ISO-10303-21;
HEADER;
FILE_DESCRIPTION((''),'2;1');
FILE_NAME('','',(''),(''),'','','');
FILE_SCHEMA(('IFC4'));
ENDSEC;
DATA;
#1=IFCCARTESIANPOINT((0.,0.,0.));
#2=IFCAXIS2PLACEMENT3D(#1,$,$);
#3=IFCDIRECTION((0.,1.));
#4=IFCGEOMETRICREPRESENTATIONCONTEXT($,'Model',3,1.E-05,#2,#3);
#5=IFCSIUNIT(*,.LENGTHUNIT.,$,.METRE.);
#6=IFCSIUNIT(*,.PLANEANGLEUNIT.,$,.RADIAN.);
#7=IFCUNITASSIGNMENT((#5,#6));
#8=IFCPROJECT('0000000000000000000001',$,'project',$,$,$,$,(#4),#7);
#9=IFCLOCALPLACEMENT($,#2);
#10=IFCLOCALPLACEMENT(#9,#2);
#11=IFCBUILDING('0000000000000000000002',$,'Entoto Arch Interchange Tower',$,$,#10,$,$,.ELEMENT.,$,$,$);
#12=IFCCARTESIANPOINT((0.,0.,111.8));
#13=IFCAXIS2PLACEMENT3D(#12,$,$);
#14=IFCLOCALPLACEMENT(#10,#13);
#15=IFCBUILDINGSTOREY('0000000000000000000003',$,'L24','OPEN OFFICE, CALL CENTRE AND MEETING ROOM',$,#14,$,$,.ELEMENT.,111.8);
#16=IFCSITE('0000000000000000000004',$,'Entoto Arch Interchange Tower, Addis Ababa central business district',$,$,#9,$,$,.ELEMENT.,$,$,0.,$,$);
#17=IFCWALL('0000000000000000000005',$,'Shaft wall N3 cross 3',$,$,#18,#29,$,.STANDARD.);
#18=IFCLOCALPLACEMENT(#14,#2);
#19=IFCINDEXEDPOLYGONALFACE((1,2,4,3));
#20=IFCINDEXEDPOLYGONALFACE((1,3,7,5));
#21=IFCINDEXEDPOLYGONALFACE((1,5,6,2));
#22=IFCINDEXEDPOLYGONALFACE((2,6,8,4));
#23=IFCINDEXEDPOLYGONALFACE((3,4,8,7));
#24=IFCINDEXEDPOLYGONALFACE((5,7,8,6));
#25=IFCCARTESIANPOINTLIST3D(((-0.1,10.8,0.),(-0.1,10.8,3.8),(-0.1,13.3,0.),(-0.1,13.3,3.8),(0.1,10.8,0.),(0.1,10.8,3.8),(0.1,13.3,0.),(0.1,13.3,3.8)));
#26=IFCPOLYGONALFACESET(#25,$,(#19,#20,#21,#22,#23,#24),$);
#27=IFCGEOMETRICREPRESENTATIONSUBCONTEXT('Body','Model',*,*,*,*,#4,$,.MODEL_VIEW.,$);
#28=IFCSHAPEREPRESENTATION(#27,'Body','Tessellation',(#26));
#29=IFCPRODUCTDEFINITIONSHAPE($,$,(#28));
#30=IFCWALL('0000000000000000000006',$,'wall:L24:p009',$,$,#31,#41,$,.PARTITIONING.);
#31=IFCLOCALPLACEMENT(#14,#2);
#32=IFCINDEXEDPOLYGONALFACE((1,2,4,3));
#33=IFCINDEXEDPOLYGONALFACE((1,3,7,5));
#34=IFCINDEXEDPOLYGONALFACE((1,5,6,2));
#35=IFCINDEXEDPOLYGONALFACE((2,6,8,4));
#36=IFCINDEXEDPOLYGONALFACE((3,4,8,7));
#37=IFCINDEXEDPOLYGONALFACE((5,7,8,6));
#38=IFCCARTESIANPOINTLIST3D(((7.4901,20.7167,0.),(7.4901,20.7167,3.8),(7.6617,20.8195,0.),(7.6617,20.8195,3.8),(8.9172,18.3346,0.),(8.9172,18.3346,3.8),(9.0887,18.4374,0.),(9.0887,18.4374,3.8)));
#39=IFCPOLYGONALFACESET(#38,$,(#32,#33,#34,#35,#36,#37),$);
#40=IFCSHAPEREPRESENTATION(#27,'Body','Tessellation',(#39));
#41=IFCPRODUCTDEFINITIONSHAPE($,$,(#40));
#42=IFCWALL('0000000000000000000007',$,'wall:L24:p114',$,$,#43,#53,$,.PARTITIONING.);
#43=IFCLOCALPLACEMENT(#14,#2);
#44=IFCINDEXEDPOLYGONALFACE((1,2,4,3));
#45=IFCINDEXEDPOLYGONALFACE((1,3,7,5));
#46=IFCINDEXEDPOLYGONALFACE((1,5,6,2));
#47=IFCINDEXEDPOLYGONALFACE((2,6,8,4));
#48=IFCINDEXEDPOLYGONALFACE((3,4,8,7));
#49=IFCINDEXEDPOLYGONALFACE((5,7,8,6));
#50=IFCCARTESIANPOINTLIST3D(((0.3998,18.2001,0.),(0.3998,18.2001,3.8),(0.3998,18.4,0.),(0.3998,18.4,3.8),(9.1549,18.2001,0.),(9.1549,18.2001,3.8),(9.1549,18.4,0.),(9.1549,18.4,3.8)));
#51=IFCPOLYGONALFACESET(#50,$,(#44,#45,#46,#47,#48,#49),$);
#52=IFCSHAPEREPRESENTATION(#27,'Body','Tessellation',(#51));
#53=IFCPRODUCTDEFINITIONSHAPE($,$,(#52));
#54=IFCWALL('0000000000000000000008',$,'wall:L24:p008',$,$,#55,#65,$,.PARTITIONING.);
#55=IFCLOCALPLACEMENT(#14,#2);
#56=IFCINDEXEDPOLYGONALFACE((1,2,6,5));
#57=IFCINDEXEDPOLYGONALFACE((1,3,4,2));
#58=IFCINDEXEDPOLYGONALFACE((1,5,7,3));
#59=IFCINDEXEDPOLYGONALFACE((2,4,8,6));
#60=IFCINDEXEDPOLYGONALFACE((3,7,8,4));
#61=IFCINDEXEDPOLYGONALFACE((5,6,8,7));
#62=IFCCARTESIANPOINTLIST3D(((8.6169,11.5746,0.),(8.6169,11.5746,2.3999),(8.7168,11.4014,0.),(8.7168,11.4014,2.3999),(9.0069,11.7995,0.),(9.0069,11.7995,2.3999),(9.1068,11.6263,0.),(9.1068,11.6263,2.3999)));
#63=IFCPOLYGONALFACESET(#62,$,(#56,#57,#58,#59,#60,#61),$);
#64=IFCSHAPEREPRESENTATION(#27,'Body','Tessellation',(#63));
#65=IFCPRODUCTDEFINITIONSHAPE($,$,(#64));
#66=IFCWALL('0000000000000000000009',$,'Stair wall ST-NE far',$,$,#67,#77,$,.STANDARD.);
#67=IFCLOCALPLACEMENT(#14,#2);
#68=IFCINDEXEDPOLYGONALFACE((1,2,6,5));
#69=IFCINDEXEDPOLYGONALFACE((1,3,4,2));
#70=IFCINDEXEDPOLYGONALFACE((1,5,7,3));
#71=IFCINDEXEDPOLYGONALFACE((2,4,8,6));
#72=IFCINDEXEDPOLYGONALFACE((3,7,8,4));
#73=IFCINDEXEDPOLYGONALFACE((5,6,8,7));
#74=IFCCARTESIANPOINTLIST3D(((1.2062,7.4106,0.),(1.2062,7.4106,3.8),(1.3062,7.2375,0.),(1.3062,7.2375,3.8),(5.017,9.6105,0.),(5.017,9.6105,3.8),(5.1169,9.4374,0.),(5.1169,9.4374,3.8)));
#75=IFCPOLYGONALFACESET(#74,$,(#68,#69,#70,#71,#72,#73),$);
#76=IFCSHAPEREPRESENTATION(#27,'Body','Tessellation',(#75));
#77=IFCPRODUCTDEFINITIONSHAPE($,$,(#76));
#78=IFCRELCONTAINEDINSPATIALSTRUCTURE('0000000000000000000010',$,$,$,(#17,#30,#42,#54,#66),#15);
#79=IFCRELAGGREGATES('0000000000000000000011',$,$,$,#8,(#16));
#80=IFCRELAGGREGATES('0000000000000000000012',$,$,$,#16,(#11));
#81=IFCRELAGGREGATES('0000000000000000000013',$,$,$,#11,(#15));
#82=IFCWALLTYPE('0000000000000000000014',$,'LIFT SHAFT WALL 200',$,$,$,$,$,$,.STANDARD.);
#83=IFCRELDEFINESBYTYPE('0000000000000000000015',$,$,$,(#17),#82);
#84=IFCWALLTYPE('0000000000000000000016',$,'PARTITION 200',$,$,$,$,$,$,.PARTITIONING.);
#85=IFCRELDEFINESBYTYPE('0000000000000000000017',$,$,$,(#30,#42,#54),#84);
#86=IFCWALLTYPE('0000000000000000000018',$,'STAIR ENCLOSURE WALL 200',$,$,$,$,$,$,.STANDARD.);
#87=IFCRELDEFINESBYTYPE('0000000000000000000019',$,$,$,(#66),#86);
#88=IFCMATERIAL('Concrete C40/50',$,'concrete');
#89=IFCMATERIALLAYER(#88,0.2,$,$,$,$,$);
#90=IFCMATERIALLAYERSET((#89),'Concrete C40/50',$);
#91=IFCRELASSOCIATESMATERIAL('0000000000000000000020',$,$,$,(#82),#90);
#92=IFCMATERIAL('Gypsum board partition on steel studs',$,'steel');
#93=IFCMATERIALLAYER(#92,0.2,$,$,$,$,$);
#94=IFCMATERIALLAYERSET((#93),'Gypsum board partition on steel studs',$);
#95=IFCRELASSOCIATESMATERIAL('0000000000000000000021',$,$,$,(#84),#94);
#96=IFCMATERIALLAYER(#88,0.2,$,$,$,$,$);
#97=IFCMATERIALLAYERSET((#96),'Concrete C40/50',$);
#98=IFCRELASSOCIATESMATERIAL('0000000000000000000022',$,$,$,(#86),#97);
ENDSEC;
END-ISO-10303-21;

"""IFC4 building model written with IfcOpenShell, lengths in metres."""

from ifc_helpers import new_model, si_unit, direction, frame, frame_2d, origin, place, context, subcontext, project, spatial, rectangle, extrude, material, layer, layer_set, type_object, element, save


model = new_model("IFC4")

# Units and contexts
model_context = context("Model", 3, precision=1e-05, world=origin(), true_north=direction((0.0, 1.0)))
body_context = subcontext(model_context, "Body", "Model", "MODEL_VIEW")
ifc_project = project(units=[si_unit("LENGTHUNIT", "METRE"), si_unit("PLANEANGLEUNIT", "RADIAN")], contexts=[model_context])

# Site, building, storey
site_placement = place(None, origin())
site = spatial("IfcSite", under=ifc_project, at=site_placement, Name="Entoto Arch Interchange Tower, Addis Ababa central business district", CompositionType="ELEMENT", RefElevation=0.0)
building_placement = place(site_placement, origin())
building = spatial("IfcBuilding", under=site, at=building_placement, Name="Entoto Arch Interchange Tower", CompositionType="ELEMENT")
storey_placement = place(building_placement, frame((0.0, 0.0, 111.8)))
storey = spatial("IfcBuildingStorey", under=building, at=storey_placement, Name="L24", Description="OPEN OFFICE, CALL CENTRE AND MEETING ROOM", CompositionType="ELEMENT", Elevation=111.8)

# Shared definitions
ifc_material_1 = material(Name="Concrete C40/50", Category="concrete")

# Walls
ifc_layer_1 = layer(ifc_material_1, 0.2)
ifc_layer_set_1 = layer_set([ifc_layer_1], Name="Concrete C40/50")
wall_type_1 = type_object("IfcWallType", Name="LIFT SHAFT WALL 200", PredefinedType="STANDARD", material=ifc_layer_set_1)
for number, where, z_axis, x_axis, name in (
    (1, (0.0, 10.8, 0.0), (0.0, 0.0, 1.0), (0.0, 1.0, 0.0), "Shaft wall N3 cross 3"),
):
    element("IfcWall", number, at=place(storey_placement, frame(where, z_axis=z_axis, x_axis=x_axis)), inside=storey, type_object=wall_type_1, Name=name, PredefinedType="STANDARD", context=body_context, shape_type="SweptSolid", body=[
        extrude(rectangle(XDim=2.5, YDim=0.2, at=frame_2d((1.25, 0.0))), origin(), (0.0, 0.0, 1.0), 3.8),
    ])
ifc_material_2 = material(Name="Gypsum board partition on steel studs", Category="steel")
ifc_layer_2 = layer(ifc_material_2, 0.2)
ifc_layer_set_2 = layer_set([ifc_layer_2], Name="Gypsum board partition on steel studs")
wall_type_2 = type_object("IfcWallType", Name="PARTITION 200", PredefinedType="PARTITIONING", material=ifc_layer_set_2)
wall_1_placement = place(storey_placement, frame((9.0029, 18.386, 0.0), z_axis=(0.0, 0.0, 1.0), x_axis=(-0.513901, 0.85785, 0.0)))
element("IfcWall", 2, at=wall_1_placement, inside=storey, type_object=wall_type_2, Name="wall:L24:p009", PredefinedType="PARTITIONING", context=body_context, shape_type="SweptSolid", body=[
    extrude(rectangle(XDim=2.7769, YDim=0.2, at=frame_2d((1.3884, 0.0))), origin(), (0.0, 0.0, 1.0), 3.8),
])
wall_2_placement = place(storey_placement, frame((0.3999, 18.3, 0.0), z_axis=(0.0, 0.0, 1.0), x_axis=(1.0, 0.0, 0.0)))
element("IfcWall", 3, at=wall_2_placement, inside=storey, type_object=wall_type_2, Name="wall:L24:p114", PredefinedType="PARTITIONING", context=body_context, shape_type="SweptSolid", body=[
    extrude(rectangle(XDim=8.7551, YDim=0.2, at=frame_2d((4.3774, 0.0))), origin(), (0.0, 0.0, 1.0), 3.8),
])
wall_3_placement = place(storey_placement, frame((9.0569, 11.7129, 0.0), z_axis=(0.0, 0.0, 1.0), x_axis=(-0.866267, -0.499582, 0.0)))
element("IfcWall", 4, at=wall_3_placement, inside=storey, type_object=wall_type_2, Name="wall:L24:p008", PredefinedType="PARTITIONING", context=body_context, shape_type="SweptSolid", body=[
    extrude(rectangle(XDim=0.4502, YDim=0.2, at=frame_2d((0.2251, 0.0))), origin(), (0.0, 0.0, 1.0), 2.3999),
])
ifc_layer_3 = layer(ifc_material_1, 0.2)
ifc_layer_set_3 = layer_set([ifc_layer_3], Name="Concrete C40/50")
wall_type_3 = type_object("IfcWallType", Name="STAIR ENCLOSURE WALL 200", PredefinedType="STANDARD", material=ifc_layer_set_3)
wall_4_placement = place(storey_placement, frame((1.2561, 7.324, 0.0), z_axis=(0.0, 0.0, 1.0), x_axis=(0.866046, 0.499964, 0.0)))
element("IfcWall", 5, at=wall_4_placement, inside=storey, type_object=wall_type_3, Name="Stair wall ST-NE far", PredefinedType="STANDARD", context=body_context, shape_type="SweptSolid", body=[
    extrude(rectangle(XDim=4.4001, YDim=0.2, at=frame_2d((2.2002, 0.0))), origin(), (0.0, 0.0, 1.0), 3.8),
])

save(model, "model.ifc")
